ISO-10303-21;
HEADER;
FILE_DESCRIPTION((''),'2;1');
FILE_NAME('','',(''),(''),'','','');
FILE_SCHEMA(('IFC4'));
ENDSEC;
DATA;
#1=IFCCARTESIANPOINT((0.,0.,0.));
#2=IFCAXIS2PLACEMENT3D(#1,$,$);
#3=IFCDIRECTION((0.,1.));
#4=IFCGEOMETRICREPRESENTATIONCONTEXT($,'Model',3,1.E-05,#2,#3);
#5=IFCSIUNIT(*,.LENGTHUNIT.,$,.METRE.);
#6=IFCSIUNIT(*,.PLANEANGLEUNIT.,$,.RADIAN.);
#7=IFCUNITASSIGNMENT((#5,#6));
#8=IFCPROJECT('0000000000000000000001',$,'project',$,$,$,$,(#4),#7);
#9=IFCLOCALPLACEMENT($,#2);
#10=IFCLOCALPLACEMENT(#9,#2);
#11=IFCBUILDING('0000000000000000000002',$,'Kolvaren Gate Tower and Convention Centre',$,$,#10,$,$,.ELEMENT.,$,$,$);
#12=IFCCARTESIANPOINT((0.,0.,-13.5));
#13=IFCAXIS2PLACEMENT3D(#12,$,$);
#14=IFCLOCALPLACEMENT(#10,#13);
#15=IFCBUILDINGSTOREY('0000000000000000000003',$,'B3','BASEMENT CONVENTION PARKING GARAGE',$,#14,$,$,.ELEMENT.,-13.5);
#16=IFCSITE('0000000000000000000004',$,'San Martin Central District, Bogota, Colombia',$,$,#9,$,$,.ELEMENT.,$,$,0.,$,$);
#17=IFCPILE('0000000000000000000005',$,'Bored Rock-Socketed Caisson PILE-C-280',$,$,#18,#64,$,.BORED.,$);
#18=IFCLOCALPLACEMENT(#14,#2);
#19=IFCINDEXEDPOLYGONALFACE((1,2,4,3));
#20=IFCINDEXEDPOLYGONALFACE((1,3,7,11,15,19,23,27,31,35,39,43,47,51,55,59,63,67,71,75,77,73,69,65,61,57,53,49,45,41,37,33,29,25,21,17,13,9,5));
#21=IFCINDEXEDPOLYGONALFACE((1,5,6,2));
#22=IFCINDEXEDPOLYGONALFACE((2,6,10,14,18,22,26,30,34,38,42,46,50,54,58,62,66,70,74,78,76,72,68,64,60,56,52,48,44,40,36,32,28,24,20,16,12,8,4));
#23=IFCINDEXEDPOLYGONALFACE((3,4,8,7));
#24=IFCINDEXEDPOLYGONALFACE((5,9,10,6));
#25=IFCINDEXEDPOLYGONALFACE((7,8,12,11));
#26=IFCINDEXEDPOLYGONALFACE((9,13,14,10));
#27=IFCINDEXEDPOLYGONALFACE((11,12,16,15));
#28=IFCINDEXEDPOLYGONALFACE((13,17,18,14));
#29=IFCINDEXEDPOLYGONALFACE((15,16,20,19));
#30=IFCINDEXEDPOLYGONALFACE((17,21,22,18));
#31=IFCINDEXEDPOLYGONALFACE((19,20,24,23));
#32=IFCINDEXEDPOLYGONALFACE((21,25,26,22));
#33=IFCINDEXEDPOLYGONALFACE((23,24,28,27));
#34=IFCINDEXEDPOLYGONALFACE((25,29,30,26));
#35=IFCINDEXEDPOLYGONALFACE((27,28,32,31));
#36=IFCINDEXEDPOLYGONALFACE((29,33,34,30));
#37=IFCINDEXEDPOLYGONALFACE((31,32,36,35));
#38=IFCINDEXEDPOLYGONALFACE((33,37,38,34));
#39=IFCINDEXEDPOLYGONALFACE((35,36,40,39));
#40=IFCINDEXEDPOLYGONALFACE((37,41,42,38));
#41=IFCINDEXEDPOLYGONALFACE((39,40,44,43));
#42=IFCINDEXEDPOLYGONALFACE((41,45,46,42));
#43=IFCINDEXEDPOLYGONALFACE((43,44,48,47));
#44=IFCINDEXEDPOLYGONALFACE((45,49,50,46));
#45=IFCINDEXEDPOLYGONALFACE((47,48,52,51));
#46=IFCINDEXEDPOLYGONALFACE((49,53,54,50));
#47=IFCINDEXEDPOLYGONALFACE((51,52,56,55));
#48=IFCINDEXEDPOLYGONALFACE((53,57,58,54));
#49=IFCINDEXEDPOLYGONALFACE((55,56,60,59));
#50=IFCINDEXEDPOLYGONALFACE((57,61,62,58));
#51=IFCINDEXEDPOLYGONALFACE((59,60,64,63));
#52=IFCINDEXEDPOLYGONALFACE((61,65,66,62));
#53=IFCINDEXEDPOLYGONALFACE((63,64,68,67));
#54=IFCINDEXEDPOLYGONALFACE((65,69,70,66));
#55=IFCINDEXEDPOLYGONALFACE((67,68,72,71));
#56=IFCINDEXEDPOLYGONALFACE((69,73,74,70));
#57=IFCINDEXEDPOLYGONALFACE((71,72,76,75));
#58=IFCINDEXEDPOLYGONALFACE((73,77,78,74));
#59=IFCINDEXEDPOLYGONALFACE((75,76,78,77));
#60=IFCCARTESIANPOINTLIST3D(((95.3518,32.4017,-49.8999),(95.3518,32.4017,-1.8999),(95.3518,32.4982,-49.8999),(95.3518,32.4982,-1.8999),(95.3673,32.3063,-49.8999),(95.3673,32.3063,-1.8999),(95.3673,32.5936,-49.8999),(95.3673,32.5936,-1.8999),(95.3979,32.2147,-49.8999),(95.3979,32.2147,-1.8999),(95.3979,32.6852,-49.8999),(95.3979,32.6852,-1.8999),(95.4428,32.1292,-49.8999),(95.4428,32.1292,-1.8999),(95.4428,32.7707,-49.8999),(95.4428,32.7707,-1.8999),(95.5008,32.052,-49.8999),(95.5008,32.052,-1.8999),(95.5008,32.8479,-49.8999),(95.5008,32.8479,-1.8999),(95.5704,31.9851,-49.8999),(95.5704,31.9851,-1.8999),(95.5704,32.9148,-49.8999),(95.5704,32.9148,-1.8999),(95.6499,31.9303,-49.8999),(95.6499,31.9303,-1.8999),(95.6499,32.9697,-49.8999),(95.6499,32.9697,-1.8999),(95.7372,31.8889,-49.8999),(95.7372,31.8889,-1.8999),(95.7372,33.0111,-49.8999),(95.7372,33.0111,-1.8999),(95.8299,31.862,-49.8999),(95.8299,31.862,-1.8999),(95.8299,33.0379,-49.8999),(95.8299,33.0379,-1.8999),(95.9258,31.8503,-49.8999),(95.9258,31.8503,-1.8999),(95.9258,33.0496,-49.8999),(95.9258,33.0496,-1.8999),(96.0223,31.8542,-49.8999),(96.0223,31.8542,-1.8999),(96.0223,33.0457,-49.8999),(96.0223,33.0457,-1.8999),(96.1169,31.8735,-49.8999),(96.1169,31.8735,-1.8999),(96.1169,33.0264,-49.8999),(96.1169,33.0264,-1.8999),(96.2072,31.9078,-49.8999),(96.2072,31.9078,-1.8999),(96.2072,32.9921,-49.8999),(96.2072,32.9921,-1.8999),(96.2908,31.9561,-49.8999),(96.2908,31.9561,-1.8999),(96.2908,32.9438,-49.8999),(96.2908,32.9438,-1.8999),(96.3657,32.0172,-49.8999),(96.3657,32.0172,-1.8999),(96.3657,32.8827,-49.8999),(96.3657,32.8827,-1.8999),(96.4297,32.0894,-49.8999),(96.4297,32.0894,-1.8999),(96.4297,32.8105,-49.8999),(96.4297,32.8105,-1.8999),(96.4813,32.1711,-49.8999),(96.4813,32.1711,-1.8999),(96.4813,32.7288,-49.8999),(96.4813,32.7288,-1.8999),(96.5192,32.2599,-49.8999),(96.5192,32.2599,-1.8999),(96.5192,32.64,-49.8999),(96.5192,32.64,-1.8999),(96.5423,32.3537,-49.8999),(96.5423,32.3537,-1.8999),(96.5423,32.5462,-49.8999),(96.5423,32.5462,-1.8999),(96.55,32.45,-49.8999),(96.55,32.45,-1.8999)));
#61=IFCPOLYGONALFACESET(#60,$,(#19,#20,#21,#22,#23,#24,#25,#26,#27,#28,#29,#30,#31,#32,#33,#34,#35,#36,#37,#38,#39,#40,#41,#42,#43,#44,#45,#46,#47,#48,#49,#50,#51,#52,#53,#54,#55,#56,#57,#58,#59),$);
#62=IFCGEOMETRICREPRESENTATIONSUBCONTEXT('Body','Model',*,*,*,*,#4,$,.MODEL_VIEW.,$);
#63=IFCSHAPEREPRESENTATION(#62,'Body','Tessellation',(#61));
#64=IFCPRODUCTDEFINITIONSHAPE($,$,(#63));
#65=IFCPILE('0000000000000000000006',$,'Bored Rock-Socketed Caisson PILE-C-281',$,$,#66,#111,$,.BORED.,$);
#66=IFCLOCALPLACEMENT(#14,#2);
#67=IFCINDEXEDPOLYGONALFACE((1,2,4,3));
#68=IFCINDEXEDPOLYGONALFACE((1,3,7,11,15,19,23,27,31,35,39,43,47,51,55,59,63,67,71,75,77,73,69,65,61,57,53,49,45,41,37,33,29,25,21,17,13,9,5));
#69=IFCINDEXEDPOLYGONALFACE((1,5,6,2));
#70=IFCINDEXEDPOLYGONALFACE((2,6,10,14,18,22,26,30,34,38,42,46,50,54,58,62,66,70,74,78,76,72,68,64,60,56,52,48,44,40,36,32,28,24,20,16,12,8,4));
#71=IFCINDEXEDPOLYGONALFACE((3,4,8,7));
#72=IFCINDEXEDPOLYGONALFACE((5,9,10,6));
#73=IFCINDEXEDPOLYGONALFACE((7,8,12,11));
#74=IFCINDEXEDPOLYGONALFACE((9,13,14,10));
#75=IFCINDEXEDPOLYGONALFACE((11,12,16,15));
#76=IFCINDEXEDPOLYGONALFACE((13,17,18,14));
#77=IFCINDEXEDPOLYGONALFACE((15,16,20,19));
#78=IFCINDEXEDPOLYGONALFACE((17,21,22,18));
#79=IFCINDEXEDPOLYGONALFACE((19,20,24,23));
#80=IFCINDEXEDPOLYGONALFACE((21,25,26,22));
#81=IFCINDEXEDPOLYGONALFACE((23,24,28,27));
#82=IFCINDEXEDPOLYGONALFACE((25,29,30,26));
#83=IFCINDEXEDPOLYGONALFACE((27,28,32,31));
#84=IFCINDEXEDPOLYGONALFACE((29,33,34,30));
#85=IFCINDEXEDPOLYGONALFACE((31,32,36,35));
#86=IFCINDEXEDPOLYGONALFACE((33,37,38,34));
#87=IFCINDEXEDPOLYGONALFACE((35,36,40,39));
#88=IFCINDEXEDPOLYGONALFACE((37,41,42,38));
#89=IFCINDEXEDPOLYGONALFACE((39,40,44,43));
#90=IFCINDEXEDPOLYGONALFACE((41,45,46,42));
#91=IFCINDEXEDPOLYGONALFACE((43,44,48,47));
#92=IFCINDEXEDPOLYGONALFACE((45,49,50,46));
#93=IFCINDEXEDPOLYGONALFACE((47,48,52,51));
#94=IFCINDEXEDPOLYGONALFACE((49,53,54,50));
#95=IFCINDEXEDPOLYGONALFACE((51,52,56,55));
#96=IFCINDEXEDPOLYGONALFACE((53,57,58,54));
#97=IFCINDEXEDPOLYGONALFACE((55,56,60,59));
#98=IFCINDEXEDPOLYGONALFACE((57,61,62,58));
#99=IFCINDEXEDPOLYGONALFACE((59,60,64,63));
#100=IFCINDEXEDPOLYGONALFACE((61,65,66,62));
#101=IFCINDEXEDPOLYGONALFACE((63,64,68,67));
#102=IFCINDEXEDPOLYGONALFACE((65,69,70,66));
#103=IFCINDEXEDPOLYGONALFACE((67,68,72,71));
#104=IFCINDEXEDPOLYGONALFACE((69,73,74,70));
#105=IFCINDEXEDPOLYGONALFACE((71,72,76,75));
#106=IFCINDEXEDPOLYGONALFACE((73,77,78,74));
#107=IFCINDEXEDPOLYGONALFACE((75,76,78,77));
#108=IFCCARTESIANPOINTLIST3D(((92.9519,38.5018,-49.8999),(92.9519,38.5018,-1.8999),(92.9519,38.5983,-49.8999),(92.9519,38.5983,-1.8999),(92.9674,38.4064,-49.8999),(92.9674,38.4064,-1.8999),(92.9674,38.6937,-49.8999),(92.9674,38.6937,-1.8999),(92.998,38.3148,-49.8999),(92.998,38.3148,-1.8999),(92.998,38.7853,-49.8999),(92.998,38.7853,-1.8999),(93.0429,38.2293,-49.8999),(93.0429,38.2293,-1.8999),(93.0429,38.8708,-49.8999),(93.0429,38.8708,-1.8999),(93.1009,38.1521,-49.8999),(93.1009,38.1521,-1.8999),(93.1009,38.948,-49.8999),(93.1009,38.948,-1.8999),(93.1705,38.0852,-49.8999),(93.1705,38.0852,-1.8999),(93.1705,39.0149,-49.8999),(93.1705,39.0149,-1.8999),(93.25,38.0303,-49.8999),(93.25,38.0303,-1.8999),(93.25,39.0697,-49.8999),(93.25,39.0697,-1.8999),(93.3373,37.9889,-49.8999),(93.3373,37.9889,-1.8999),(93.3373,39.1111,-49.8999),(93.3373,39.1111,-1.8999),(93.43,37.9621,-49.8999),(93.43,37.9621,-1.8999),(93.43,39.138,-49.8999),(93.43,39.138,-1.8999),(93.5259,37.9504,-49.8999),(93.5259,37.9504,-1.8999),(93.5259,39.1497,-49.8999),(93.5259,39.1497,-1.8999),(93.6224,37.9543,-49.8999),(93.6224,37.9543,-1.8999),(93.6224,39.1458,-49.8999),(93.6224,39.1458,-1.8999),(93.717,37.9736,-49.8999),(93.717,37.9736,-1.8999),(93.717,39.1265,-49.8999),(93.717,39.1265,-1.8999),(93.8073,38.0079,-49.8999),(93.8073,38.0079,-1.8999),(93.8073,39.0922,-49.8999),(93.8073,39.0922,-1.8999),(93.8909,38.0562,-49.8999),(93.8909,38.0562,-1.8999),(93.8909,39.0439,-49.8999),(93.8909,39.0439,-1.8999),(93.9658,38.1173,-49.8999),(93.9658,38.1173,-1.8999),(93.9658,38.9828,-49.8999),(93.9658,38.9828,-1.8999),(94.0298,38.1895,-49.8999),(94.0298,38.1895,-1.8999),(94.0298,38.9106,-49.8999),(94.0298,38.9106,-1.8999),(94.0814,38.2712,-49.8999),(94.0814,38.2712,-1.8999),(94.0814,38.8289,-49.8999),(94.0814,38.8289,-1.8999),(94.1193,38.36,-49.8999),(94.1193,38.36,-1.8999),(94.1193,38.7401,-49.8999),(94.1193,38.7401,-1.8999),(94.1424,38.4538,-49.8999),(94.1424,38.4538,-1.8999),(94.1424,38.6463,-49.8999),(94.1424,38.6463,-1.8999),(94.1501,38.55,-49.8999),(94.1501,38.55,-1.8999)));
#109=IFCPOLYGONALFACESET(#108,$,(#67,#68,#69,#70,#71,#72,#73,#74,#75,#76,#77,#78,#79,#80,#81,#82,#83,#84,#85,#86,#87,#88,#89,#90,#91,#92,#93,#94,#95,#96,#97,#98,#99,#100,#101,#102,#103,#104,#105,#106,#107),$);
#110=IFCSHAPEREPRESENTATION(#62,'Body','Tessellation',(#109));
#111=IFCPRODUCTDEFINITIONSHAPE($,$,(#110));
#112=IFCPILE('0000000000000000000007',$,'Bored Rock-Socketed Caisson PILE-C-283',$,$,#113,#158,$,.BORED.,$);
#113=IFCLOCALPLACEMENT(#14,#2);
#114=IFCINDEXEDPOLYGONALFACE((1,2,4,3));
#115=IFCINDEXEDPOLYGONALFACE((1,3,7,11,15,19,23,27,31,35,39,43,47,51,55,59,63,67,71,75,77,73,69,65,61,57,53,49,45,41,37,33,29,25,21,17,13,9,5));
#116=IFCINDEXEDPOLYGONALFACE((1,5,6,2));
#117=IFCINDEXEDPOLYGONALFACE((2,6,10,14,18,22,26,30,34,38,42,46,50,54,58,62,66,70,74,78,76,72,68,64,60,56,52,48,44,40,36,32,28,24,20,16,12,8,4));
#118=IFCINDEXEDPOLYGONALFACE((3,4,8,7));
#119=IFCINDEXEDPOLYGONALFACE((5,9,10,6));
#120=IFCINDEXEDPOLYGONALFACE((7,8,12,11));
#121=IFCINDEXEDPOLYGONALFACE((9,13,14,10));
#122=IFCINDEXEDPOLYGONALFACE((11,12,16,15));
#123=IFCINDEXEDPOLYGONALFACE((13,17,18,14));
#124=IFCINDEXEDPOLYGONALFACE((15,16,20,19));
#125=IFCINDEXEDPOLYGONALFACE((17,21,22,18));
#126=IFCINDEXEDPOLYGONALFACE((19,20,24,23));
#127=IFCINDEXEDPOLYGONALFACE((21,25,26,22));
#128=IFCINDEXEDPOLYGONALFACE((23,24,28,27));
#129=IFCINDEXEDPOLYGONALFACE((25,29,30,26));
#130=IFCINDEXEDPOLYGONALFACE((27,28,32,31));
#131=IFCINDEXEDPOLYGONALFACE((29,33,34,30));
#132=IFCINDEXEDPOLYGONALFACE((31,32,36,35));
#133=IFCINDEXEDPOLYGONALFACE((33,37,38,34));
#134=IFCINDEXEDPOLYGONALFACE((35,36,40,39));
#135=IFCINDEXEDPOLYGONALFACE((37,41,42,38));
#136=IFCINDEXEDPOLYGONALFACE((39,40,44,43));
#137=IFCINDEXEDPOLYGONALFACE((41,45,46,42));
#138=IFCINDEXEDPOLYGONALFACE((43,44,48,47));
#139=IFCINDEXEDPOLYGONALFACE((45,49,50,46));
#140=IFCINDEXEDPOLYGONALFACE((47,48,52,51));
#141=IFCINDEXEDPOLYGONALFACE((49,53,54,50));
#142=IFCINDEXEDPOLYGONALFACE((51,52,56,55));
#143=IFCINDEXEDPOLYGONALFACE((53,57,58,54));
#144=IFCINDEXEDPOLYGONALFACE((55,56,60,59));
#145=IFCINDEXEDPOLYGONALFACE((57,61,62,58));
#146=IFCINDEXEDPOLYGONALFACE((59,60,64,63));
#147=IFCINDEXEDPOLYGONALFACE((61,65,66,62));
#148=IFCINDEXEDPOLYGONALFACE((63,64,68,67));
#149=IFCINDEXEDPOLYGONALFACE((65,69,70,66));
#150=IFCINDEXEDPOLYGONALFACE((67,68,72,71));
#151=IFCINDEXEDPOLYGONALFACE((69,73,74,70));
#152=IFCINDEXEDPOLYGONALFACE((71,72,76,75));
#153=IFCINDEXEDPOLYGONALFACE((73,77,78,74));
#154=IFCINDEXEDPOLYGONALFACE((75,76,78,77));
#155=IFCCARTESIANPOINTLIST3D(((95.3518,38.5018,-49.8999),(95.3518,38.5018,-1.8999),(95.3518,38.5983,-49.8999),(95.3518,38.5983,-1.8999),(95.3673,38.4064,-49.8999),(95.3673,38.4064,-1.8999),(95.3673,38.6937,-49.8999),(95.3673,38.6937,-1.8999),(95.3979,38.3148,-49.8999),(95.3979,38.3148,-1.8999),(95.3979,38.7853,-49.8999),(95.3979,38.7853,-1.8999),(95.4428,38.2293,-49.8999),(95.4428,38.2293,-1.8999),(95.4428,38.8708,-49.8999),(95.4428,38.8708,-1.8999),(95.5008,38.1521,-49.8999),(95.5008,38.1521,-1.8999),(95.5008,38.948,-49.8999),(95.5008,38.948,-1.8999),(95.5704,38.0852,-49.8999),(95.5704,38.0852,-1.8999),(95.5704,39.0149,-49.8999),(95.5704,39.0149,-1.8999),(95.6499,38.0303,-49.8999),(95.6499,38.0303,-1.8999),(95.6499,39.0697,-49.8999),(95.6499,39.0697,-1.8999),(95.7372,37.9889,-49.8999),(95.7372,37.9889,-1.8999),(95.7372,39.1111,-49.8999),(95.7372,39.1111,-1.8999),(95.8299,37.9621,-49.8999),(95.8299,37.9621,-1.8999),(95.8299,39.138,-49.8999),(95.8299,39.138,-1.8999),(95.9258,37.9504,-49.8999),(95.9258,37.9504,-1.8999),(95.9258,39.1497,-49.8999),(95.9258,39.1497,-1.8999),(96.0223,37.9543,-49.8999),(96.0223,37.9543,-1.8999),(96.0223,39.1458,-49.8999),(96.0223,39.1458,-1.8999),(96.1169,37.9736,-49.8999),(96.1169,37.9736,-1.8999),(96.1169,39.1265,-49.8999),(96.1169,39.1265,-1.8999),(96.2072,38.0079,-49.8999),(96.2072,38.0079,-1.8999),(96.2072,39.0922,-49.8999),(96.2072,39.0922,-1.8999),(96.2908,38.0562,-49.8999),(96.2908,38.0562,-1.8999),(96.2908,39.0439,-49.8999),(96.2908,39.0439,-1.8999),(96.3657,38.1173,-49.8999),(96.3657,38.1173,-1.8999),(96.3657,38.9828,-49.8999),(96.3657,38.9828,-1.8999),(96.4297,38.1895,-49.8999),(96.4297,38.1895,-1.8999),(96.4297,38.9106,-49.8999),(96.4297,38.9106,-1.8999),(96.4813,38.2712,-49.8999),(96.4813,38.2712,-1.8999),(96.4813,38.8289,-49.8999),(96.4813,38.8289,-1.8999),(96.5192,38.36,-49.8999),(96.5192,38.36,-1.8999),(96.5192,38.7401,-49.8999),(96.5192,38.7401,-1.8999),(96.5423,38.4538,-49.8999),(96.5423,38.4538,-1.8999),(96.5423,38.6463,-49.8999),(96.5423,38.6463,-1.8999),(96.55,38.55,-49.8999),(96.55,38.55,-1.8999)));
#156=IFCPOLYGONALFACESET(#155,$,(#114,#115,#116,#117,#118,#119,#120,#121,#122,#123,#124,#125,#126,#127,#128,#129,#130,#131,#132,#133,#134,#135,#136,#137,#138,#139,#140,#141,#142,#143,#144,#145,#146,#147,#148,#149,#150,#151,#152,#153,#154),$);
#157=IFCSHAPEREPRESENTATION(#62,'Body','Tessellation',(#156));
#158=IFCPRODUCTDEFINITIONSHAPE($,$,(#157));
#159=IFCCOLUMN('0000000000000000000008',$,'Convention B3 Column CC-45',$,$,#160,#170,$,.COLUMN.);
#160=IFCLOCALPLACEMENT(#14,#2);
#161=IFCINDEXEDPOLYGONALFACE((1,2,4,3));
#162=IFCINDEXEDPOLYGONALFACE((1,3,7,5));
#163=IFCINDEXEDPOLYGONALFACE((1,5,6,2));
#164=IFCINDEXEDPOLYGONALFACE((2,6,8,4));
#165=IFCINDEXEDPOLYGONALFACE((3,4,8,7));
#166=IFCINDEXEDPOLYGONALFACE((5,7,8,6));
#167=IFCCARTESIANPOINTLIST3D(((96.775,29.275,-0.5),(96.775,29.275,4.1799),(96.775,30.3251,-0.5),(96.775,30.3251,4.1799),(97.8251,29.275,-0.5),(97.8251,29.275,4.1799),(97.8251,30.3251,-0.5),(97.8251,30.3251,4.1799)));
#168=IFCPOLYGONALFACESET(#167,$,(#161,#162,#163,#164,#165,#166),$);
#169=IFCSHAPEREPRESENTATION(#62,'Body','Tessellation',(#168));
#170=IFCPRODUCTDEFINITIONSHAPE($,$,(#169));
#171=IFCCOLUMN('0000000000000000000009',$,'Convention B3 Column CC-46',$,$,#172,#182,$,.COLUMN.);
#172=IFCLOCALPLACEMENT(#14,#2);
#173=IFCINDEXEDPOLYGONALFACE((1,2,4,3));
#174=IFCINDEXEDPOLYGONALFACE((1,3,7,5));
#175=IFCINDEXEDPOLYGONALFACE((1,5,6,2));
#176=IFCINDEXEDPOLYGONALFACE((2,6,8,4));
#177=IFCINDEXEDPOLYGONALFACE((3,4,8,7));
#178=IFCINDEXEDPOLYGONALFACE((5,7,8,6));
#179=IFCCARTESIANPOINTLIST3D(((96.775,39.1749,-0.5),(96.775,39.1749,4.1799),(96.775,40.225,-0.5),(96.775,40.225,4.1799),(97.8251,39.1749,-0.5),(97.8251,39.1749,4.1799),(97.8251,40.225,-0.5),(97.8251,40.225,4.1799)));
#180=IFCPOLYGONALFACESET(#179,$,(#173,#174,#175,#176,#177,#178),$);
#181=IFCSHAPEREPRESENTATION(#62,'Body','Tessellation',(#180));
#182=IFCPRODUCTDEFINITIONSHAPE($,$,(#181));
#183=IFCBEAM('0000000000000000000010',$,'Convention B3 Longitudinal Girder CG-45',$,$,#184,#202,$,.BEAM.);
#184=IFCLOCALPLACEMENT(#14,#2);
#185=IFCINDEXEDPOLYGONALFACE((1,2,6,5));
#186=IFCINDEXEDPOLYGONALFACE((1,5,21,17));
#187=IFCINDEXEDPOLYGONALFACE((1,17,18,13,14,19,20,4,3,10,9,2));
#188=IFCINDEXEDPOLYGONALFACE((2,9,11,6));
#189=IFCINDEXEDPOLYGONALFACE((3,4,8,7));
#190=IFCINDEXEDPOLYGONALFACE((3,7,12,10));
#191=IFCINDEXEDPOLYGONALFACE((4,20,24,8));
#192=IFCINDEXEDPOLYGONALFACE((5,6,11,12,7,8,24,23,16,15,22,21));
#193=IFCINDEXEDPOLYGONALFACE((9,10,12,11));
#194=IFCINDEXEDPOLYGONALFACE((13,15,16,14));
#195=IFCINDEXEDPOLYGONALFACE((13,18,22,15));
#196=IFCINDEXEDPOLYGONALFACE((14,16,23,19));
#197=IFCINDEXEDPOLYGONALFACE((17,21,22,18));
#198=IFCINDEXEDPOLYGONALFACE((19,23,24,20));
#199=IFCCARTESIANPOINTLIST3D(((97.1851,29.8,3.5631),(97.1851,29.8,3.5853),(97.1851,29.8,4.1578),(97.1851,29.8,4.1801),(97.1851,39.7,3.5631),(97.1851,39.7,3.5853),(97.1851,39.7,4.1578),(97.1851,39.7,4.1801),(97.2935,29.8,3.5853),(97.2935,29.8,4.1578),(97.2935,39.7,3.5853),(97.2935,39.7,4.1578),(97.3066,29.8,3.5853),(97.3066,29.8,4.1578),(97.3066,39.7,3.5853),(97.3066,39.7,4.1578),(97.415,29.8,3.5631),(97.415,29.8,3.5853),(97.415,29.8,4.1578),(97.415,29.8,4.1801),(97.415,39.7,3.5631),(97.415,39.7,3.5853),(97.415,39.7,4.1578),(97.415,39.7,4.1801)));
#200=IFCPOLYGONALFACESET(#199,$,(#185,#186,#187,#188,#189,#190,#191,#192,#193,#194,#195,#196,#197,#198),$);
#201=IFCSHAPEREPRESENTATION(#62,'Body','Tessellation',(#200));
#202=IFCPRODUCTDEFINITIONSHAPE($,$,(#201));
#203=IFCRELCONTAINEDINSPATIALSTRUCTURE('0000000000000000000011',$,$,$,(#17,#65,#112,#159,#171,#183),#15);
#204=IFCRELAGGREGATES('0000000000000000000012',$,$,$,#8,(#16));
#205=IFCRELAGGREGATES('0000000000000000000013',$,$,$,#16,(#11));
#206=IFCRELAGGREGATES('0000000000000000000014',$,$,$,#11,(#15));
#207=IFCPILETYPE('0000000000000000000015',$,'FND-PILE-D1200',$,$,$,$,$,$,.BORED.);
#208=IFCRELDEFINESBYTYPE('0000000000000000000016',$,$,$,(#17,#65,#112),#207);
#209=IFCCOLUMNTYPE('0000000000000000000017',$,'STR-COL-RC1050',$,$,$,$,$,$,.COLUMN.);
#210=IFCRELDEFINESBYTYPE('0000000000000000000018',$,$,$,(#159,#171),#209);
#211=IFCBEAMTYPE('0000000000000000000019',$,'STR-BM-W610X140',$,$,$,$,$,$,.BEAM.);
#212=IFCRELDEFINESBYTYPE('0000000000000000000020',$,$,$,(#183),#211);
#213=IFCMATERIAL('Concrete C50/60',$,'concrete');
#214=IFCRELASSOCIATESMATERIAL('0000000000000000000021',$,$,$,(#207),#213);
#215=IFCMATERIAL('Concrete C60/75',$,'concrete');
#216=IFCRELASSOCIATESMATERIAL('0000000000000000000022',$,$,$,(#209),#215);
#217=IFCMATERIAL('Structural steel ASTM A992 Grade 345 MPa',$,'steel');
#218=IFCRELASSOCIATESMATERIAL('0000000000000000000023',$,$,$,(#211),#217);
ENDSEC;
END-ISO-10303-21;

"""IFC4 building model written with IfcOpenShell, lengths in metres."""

from ifc_helpers import new_model, si_unit, direction, frame, origin, origin_2d, place, context, subcontext, project, spatial, rectangle, circle, i_section, extrude, material, material_profile, profile_set, type_object, element, save


model = new_model("IFC4")

# Units and contexts
model_context = context("Model", 3, precision=1e-05, world=origin(), true_north=direction((0.0, 1.0)))
body_context = subcontext(model_context, "Body", "Model", "MODEL_VIEW")
ifc_project = project(units=[si_unit("LENGTHUNIT", "METRE"), si_unit("PLANEANGLEUNIT", "RADIAN")], contexts=[model_context])

# Site, building, storey
site_placement = place(None, origin())
site = spatial("IfcSite", under=ifc_project, at=site_placement, Name="San Martin Central District, Bogota, Colombia", CompositionType="ELEMENT", RefElevation=0.0)
building_placement = place(site_placement, origin())
building = spatial("IfcBuilding", under=site, at=building_placement, Name="Kolvaren Gate Tower and Convention Centre", CompositionType="ELEMENT")
storey_placement = place(building_placement, frame((0.0, 0.0, -13.5)))
storey = spatial("IfcBuildingStorey", under=building, at=storey_placement, Name="B3", Description="BASEMENT CONVENTION PARKING GARAGE", CompositionType="ELEMENT", Elevation=-13.5)

# Shared definitions
ifc_material_1 = material(Name="Concrete C50/60", Category="concrete")
ifc_material_2 = material(Name="Concrete C60/75", Category="concrete")

# Piles
ifc_material_profile_1 = material_profile(ifc_material_1, circle(Radius=0.6001, at=origin_2d()), Name="CAISSON-D1200")
ifc_profile_set_1 = profile_set([ifc_material_profile_1], Name="Concrete C50/60")
pile_type = type_object("IfcPileType", Name="FND-PILE-D1200", PredefinedType="BORED", material=ifc_profile_set_1)
for number, where, z_axis, x_axis, name in (
    (1, (95.95, 32.45, -1.8999), (0.0, 0.0, -1.0), (1.0, 0.0, 0.0), "Bored Rock-Socketed Caisson PILE-C-280"),
    (2, (93.55, 38.55, -1.8999), (0.0, 0.0, -1.0), (1.0, 0.0, 0.0), "Bored Rock-Socketed Caisson PILE-C-281"),
    (3, (95.95, 38.55, -1.8999), (0.0, 0.0, -1.0), (1.0, 0.0, 0.0), "Bored Rock-Socketed Caisson PILE-C-283"),
):
    element("IfcPile", number, at=place(storey_placement, frame(where, z_axis=z_axis, x_axis=x_axis)), inside=storey, type_object=pile_type, Name=name, PredefinedType="BORED", context=body_context, shape_type="SweptSolid", body=[
        extrude(circle(Radius=0.6001, at=origin_2d()), origin(), (0.0, 0.0, 1.0), 48.0),
    ])

# Columns
ifc_material_profile_2 = material_profile(ifc_material_2, rectangle(XDim=1.05, YDim=1.05, at=origin_2d()), Name="RC-COL-1050X1050")
ifc_profile_set_2 = profile_set([ifc_material_profile_2], Name="Concrete C60/75")
column_type = type_object("IfcColumnType", Name="STR-COL-RC1050", PredefinedType="COLUMN", material=ifc_profile_set_2)
for number, where, z_axis, x_axis, name in (
    (4, (97.3, 29.8, -0.5), (0.0, 0.0, 1.0), (1.0, 0.0, 0.0), "Convention B3 Column CC-45"),
    (5, (97.3, 39.7, -0.5), (0.0, 0.0, 1.0), (1.0, 0.0, 0.0), "Convention B3 Column CC-46"),
):
    element("IfcColumn", number, at=place(storey_placement, frame(where, z_axis=z_axis, x_axis=x_axis)), inside=storey, type_object=column_type, Name=name, PredefinedType="COLUMN", context=body_context, shape_type="SweptSolid", body=[
        extrude(rectangle(XDim=1.05, YDim=1.05, at=origin_2d()), origin(), (0.0, 0.0, 1.0), 4.6799),
    ])

# Beam
ifc_material_3 = material(Name="Structural steel ASTM A992 Grade 345 MPa", Category="steel")
ifc_material_profile_3 = material_profile(ifc_material_3, i_section(OverallWidth=0.23, OverallDepth=0.6169, WebThickness=0.0132, FlangeThickness=0.0222, at=origin_2d()), Name="W610X140")
ifc_profile_set_3 = profile_set([ifc_material_profile_3], Name="Structural steel ASTM A992 Grade 345 MPa")
beam_type = type_object("IfcBeamType", Name="STR-BM-W610X140", PredefinedType="BEAM", material=ifc_profile_set_3)
beam_1_placement = place(storey_placement, frame((97.3, 29.8, 3.8716), z_axis=(0.0, 1.0, 0.0), x_axis=(-1.0, 0.0, 0.0)))
element("IfcBeam", 6, at=beam_1_placement, inside=storey, type_object=beam_type, Name="Convention B3 Longitudinal Girder CG-45", PredefinedType="BEAM", context=body_context, shape_type="SweptSolid", body=[
    extrude(i_section(OverallWidth=0.23, OverallDepth=0.6169, WebThickness=0.0132, FlangeThickness=0.0222, at=origin_2d()), origin(), (0.0, 0.0, 1.0), 9.8999),
])

save(model, "model.ifc")
